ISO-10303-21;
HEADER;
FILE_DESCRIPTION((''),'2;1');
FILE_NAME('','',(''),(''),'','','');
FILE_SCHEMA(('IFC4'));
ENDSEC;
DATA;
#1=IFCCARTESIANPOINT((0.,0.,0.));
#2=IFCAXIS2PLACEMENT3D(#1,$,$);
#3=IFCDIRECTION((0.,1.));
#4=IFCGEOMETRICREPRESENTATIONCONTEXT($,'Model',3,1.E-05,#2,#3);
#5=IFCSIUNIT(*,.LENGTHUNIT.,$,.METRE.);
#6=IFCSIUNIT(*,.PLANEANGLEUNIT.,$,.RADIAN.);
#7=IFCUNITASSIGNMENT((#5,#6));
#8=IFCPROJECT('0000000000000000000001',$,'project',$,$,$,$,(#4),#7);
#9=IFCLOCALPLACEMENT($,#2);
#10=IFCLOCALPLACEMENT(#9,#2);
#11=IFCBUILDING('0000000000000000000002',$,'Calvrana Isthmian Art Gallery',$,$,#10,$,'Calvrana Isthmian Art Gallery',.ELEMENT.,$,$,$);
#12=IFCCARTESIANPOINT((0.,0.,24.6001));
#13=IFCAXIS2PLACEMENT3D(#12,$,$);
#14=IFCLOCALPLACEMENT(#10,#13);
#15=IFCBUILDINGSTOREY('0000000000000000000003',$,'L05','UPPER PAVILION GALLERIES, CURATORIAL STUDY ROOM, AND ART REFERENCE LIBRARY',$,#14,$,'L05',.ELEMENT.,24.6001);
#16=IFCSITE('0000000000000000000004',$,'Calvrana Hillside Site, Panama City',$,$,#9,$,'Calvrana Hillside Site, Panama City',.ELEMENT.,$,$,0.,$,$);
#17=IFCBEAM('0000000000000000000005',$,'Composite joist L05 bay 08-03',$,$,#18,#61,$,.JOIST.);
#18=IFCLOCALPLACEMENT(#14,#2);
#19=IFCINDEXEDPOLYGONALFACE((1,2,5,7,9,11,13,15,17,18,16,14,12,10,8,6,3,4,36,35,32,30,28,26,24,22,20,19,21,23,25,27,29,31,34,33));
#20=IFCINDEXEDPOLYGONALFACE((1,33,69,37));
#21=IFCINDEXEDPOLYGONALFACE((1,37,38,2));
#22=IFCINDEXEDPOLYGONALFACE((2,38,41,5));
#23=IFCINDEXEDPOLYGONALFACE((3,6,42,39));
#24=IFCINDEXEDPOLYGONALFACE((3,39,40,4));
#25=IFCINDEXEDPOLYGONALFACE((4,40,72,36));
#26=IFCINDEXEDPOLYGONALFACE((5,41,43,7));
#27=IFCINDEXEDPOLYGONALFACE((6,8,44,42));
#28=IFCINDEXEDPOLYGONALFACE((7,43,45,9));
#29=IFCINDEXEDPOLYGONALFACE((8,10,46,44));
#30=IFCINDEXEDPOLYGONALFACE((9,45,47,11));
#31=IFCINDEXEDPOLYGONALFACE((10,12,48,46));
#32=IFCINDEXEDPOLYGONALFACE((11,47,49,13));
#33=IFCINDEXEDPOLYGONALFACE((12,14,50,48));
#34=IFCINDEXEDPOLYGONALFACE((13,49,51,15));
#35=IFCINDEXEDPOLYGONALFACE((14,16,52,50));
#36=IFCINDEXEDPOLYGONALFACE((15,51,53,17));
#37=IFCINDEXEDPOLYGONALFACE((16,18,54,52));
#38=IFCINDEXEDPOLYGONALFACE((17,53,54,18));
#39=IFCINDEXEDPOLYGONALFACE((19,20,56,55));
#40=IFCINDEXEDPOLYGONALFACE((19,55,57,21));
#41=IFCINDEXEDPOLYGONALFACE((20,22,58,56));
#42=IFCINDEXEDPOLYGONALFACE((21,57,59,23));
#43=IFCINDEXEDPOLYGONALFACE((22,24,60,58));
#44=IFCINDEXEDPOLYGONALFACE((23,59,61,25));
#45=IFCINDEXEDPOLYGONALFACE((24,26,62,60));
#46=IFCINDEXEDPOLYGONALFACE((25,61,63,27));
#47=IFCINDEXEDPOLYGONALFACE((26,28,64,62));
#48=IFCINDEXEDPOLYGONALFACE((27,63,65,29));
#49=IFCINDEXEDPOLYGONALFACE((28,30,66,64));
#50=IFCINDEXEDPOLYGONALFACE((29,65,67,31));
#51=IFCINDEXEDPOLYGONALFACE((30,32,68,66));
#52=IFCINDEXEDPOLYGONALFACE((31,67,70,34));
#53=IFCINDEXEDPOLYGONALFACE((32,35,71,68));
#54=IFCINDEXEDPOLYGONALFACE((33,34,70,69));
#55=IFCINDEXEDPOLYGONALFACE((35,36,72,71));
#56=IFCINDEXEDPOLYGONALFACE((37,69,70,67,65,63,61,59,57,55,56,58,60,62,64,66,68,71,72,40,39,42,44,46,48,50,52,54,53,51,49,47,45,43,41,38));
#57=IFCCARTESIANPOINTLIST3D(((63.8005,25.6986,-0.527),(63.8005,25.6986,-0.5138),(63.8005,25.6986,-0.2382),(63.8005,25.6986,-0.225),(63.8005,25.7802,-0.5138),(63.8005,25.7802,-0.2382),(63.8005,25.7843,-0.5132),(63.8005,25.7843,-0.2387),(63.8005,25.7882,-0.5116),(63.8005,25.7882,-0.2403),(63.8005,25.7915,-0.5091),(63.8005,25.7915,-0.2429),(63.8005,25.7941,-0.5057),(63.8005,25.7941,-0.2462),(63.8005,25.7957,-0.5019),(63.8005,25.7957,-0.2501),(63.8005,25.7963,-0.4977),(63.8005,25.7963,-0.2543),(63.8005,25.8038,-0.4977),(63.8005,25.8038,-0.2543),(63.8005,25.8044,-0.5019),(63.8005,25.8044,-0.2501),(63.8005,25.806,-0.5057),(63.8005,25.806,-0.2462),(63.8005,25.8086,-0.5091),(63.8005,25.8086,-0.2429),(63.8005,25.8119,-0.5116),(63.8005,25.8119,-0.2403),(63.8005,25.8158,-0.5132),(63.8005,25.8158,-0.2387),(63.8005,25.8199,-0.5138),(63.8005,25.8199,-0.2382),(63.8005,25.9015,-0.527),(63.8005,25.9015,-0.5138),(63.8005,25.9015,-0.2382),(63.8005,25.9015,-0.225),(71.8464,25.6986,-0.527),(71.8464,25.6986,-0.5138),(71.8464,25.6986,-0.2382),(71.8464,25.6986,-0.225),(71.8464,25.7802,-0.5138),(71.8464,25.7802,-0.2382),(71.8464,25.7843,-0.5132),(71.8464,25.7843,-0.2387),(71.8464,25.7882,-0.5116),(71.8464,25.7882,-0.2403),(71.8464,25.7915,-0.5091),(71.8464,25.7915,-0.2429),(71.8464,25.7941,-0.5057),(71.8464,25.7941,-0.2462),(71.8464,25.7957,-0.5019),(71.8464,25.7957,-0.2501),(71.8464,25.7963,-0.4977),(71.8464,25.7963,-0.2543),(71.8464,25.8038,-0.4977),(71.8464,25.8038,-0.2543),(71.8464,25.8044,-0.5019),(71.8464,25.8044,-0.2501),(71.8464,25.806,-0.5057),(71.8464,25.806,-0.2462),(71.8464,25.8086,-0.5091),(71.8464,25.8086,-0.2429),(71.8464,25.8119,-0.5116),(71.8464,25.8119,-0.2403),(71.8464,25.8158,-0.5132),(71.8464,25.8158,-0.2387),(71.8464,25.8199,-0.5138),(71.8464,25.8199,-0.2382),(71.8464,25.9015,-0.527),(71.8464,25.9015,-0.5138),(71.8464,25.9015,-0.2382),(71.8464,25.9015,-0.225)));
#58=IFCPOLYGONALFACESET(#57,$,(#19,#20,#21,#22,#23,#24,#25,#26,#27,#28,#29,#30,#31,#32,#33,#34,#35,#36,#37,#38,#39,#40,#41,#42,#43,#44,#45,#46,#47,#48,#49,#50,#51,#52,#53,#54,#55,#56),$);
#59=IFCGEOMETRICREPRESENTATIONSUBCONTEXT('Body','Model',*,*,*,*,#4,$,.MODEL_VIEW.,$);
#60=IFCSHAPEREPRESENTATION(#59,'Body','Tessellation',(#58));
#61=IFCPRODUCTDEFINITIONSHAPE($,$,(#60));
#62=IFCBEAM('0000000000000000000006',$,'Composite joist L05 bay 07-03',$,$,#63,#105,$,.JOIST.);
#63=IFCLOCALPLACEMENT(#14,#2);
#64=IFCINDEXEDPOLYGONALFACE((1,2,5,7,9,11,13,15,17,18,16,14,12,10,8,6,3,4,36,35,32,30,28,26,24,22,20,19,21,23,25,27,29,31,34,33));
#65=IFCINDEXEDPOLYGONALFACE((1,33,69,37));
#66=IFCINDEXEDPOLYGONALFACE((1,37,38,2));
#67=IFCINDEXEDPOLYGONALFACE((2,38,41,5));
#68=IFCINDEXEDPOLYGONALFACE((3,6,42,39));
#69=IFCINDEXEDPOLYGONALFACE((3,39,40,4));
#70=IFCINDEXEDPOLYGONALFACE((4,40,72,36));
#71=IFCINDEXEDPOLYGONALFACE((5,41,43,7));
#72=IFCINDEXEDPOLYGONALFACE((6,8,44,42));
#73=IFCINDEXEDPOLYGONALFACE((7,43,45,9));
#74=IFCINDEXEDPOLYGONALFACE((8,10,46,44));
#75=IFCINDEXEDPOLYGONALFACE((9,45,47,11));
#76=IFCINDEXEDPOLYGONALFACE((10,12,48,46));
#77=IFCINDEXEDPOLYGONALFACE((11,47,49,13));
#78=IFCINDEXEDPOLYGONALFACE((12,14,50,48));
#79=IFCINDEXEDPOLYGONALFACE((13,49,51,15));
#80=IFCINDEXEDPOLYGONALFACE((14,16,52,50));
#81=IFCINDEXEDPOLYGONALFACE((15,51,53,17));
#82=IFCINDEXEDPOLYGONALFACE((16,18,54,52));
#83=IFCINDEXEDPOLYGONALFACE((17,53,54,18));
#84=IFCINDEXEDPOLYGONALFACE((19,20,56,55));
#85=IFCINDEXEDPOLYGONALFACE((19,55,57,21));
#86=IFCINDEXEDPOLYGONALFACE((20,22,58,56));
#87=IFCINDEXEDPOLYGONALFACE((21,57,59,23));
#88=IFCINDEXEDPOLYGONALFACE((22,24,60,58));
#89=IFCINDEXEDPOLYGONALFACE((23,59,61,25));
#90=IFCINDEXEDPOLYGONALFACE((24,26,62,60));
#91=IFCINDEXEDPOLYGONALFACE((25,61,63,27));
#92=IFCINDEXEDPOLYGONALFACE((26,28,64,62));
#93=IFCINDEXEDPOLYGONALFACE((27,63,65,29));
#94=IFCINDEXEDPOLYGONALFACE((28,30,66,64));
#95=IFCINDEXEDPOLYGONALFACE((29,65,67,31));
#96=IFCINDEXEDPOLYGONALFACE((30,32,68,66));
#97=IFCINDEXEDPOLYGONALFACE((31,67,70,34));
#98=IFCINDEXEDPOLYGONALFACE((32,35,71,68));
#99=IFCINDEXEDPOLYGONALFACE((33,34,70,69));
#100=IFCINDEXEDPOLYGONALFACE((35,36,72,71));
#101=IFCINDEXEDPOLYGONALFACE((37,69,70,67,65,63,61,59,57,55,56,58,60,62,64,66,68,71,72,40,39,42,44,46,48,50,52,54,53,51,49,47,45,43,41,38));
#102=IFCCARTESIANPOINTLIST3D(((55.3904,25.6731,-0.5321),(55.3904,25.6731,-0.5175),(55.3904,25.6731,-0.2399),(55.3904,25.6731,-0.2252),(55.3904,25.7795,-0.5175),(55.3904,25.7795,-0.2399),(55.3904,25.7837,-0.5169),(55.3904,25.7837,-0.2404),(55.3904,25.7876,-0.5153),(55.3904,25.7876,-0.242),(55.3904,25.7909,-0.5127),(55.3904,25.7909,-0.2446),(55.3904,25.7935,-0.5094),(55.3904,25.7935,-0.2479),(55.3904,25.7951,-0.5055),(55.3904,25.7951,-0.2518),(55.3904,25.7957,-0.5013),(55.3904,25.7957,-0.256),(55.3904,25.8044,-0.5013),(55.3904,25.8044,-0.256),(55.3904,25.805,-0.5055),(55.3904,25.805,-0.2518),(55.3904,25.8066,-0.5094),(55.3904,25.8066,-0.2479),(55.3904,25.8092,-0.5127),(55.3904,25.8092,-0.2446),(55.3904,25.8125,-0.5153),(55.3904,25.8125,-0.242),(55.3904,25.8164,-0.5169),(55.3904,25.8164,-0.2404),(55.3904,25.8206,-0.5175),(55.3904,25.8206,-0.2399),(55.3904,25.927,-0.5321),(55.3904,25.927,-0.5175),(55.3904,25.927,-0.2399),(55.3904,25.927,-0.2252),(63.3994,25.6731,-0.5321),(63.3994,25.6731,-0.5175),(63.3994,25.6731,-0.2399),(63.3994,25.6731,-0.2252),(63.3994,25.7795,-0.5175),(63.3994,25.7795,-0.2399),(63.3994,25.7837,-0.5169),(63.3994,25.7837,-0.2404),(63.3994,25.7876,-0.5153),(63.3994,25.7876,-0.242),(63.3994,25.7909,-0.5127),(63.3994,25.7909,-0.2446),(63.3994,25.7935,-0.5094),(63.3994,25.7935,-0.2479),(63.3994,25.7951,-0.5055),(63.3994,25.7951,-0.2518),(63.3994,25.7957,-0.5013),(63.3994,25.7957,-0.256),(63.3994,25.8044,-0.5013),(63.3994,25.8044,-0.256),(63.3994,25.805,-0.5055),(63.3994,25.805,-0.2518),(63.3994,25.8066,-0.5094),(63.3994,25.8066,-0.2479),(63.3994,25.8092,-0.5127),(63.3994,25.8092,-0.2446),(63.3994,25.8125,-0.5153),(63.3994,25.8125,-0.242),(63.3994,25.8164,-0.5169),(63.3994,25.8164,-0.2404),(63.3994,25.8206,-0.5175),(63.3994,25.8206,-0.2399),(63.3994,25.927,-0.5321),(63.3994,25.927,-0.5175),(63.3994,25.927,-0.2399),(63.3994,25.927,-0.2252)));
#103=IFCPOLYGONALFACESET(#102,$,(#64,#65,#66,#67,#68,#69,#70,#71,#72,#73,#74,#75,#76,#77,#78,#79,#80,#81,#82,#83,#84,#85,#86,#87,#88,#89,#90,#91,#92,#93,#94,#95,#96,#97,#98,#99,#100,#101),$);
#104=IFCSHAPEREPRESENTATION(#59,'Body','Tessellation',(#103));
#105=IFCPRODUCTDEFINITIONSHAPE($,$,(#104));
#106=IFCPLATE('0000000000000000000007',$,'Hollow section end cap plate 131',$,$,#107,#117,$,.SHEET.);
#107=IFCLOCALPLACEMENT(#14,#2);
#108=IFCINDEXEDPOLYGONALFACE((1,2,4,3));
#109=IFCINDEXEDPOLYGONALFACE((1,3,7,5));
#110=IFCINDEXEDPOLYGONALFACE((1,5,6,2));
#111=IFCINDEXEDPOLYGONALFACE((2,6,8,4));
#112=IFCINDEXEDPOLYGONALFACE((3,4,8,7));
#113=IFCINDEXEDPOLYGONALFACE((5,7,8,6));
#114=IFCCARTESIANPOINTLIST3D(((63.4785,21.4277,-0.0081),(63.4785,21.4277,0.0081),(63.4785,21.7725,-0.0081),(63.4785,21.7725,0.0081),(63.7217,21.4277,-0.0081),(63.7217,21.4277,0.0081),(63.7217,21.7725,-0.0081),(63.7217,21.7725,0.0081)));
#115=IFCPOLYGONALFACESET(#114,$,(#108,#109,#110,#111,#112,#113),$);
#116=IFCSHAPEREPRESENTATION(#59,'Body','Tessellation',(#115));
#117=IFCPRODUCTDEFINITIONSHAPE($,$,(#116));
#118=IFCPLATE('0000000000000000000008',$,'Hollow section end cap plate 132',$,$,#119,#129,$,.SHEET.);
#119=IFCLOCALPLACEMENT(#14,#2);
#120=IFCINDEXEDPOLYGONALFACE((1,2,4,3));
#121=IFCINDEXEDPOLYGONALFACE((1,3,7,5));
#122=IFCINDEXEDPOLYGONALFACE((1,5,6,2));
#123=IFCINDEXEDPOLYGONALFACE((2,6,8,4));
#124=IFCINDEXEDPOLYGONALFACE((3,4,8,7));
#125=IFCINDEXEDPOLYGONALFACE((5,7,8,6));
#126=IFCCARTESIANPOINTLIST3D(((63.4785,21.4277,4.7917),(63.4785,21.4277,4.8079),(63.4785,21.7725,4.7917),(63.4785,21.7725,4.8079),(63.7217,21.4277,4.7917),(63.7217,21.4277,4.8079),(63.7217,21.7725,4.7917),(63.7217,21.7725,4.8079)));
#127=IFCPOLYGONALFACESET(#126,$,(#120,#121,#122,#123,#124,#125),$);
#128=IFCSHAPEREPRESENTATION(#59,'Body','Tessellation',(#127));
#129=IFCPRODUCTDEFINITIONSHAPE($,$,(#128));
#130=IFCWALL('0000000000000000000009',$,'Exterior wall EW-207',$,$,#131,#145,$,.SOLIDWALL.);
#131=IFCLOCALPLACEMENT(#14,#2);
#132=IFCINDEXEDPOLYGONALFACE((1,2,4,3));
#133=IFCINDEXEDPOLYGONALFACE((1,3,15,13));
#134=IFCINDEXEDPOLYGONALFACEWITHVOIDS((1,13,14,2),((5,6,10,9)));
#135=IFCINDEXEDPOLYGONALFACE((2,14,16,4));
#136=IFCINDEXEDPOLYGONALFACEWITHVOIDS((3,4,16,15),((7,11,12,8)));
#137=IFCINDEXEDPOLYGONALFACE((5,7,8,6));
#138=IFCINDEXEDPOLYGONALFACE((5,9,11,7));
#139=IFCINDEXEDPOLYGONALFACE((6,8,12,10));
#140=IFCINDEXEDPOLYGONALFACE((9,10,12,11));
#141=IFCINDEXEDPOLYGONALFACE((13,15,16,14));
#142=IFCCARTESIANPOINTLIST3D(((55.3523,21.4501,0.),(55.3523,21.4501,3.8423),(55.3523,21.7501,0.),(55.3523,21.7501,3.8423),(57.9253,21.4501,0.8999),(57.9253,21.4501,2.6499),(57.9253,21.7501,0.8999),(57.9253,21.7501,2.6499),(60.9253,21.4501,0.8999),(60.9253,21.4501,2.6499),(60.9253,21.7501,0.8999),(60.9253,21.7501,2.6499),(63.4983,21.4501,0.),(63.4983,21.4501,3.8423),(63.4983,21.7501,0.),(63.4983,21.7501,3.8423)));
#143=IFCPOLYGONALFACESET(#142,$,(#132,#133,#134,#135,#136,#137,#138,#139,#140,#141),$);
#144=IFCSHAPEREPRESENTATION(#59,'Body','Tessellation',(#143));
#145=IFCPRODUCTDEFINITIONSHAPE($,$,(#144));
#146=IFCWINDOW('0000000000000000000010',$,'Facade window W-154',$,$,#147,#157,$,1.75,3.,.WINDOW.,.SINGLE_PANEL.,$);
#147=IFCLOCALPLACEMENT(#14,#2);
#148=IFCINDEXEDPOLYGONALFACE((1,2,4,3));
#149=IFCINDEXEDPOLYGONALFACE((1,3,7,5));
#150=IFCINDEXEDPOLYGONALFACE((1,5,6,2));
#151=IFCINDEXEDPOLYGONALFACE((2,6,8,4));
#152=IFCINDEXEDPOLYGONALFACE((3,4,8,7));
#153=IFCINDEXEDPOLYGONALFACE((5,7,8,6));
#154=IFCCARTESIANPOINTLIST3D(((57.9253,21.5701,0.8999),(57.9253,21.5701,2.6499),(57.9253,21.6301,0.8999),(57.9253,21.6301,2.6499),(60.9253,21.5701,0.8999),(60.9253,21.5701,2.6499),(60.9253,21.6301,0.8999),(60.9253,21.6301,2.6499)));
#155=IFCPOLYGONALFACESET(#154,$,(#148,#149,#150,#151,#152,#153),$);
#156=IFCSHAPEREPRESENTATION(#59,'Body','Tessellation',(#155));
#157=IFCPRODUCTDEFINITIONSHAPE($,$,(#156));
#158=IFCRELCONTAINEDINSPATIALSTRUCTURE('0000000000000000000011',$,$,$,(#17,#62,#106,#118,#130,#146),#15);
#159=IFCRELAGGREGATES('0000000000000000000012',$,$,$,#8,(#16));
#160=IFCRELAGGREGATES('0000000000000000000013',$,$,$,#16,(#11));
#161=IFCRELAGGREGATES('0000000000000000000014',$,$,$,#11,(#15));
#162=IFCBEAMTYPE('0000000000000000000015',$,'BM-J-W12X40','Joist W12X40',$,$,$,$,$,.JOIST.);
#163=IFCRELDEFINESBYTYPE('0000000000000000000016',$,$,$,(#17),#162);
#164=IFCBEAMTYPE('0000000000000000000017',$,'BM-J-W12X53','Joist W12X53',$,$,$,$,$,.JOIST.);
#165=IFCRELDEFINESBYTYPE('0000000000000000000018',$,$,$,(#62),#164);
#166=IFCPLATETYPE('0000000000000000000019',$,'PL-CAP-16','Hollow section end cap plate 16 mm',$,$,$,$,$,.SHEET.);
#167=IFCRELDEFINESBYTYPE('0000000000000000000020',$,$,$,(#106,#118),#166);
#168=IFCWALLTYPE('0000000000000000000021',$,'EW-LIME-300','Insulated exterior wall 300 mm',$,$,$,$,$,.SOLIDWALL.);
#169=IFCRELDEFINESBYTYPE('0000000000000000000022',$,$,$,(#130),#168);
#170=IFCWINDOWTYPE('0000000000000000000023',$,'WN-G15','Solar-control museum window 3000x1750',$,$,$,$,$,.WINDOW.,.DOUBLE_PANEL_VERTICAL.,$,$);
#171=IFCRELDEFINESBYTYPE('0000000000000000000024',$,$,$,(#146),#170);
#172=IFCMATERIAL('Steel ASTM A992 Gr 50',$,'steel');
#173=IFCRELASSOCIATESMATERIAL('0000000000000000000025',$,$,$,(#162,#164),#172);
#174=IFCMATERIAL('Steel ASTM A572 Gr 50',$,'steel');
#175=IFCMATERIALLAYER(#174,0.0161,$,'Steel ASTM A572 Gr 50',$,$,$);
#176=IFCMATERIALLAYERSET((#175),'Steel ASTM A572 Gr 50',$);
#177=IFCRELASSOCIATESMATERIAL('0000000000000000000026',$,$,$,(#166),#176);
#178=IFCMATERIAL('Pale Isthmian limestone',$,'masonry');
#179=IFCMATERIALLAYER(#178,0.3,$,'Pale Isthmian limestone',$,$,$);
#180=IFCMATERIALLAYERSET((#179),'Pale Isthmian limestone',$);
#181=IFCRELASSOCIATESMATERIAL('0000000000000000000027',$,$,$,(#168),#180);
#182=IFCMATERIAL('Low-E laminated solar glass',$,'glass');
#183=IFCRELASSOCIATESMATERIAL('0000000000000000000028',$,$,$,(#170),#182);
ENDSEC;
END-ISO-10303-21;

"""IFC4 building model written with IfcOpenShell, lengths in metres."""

from ifc_helpers import new_model, si_unit, direction, frame, frame_2d, origin, origin_2d, place, context, subcontext, project, spatial, rectangle, i_section, extrude, material, layer, layer_set, material_profile, profile_set, type_object, element, fill, save


model = new_model("IFC4")

# Units and contexts
model_context = context("Model", 3, precision=1e-05, world=origin(), true_north=direction((0.0, 1.0)))
body_context = subcontext(model_context, "Body", "Model", "MODEL_VIEW")
ifc_project = project(units=[si_unit("LENGTHUNIT", "METRE"), si_unit("PLANEANGLEUNIT", "RADIAN")], contexts=[model_context])

# Site, building, storey
site_placement = place(None, origin())
site = spatial("IfcSite", under=ifc_project, at=site_placement, Name="Calvrana Hillside Site, Panama City", LongName="Calvrana Hillside Site, Panama City", CompositionType="ELEMENT", RefElevation=0.0)
building_placement = place(site_placement, origin())
building = spatial("IfcBuilding", under=site, at=building_placement, Name="Calvrana Isthmian Art Gallery", LongName="Calvrana Isthmian Art Gallery", CompositionType="ELEMENT")
storey_placement = place(building_placement, frame((0.0, 0.0, 24.6001)))
storey = spatial("IfcBuildingStorey", under=building, at=storey_placement, Name="L05", Description="UPPER PAVILION GALLERIES, CURATORIAL STUDY ROOM, AND ART REFERENCE LIBRARY", LongName="L05", CompositionType="ELEMENT", Elevation=24.6001)

# Beams
ifc_material_1 = material(Name="Steel ASTM A992 Gr 50", Category="steel")
ifc_material_profile_1 = material_profile(ifc_material_1, i_section(OverallWidth=0.2029, OverallDepth=0.302, WebThickness=0.0076, FlangeThickness=0.0132, FilletRadius=0.0161, at=origin_2d()), Name="W12X40")
ifc_profile_set_1 = profile_set([ifc_material_profile_1], Name="Steel ASTM A992 Gr 50")
beam_type_1 = type_object("IfcBeamType", Name="BM-J-W12X40", Description="Joist W12X40", PredefinedType="JOIST", material=ifc_profile_set_1)
beam_1_placement = place(storey_placement, frame((63.8005, 25.8, -0.376), z_axis=(1.0, 0.0, 0.0), x_axis=(0.0, 1.0, 0.0)))
element("IfcBeam", 1, at=beam_1_placement, inside=storey, type_object=beam_type_1, Name="Composite joist L05 bay 08-03", PredefinedType="JOIST", context=body_context, shape_type="SweptSolid", body=[
    extrude(i_section(OverallWidth=0.2029, OverallDepth=0.302, WebThickness=0.0076, FlangeThickness=0.0132, FilletRadius=0.0161, at=origin_2d()), origin(), (0.0, 0.0, 1.0), 8.0459),
])
ifc_material_profile_2 = material_profile(ifc_material_1, i_section(OverallWidth=0.2539, OverallDepth=0.3069, WebThickness=0.0088, FlangeThickness=0.0146, FilletRadius=0.0161, at=origin_2d()), Name="W12X53")
ifc_profile_set_2 = profile_set([ifc_material_profile_2], Name="Steel ASTM A992 Gr 50")
beam_type_2 = type_object("IfcBeamType", Name="BM-J-W12X53", Description="Joist W12X53", PredefinedType="JOIST", material=ifc_profile_set_2)
beam_2_placement = place(storey_placement, frame((55.3904, 25.8, -0.3787), z_axis=(1.0, 0.0, 0.0), x_axis=(0.0, 1.0, 0.0)))
element("IfcBeam", 2, at=beam_2_placement, inside=storey, type_object=beam_type_2, Name="Composite joist L05 bay 07-03", PredefinedType="JOIST", context=body_context, shape_type="SweptSolid", body=[
    extrude(i_section(OverallWidth=0.2539, OverallDepth=0.3069, WebThickness=0.0088, FlangeThickness=0.0146, FilletRadius=0.0161, at=origin_2d()), origin(), (0.0, 0.0, 1.0), 8.009),
])

# Plates
ifc_material_2 = material(Name="Steel ASTM A572 Gr 50", Category="steel")
ifc_layer_1 = layer(ifc_material_2, 0.0161, Name="Steel ASTM A572 Gr 50")
ifc_layer_set_1 = layer_set([ifc_layer_1], Name="Steel ASTM A572 Gr 50")
plate_type = type_object("IfcPlateType", Name="PL-CAP-16", Description="Hollow section end cap plate 16 mm", PredefinedType="SHEET", material=ifc_layer_set_1)
for number, where, z_axis, x_axis, name in (
    (3, (63.6001, 21.6001, -0.0081), (0.0, 0.0, 1.0), (1.0, 0.0, 0.0), "Hollow section end cap plate 131"),
    (4, (63.6001, 21.6001, 4.7917), (0.0, 0.0, 1.0), (1.0, 0.0, 0.0), "Hollow section end cap plate 132"),
):
    element("IfcPlate", number, at=place(storey_placement, frame(where, z_axis=z_axis, x_axis=x_axis)), inside=storey, type_object=plate_type, Name=name, PredefinedType="SHEET", context=body_context, shape_type="SweptSolid", body=[
        extrude(rectangle(XDim=0.2432, YDim=0.3447, at=origin_2d()), origin(), (0.0, 0.0, 1.0), 0.0161),
    ])

# Wall, opening, window
ifc_material_3 = material(Name="Pale Isthmian limestone", Category="masonry")
ifc_layer_2 = layer(ifc_material_3, 0.3, Name="Pale Isthmian limestone")
ifc_layer_set_2 = layer_set([ifc_layer_2], Name="Pale Isthmian limestone")
wall_type_1 = type_object("IfcWallType", Name="EW-LIME-300", Description="Insulated exterior wall 300 mm", PredefinedType="SOLIDWALL", material=ifc_layer_set_2)
wall_1_placement = place(storey_placement, frame((63.4983, 21.6001, 0.0), z_axis=(0.0, 0.0, 1.0), x_axis=(-1.0, 0.0, 0.0)))
wall_1 = element("IfcWall", 5, at=wall_1_placement, inside=storey, type_object=wall_type_1, Name="Exterior wall EW-207", PredefinedType="SOLIDWALL", context=body_context, shape_type="SweptSolid", body=[
    extrude(rectangle(XDim=8.146, YDim=0.3, at=frame_2d((4.073, 0.0))), origin(), (0.0, 0.0, 1.0), 3.8423),
])
opening_1_placement = place(wall_1_placement, frame((2.573, 0.0, 0.8999)))
opening_1 = element("IfcOpeningElement", 6, at=opening_1_placement, cuts=wall_1, PredefinedType="OPENING", context=body_context, shape_type="SweptSolid", body=[
    extrude(rectangle(XDim=3.0, YDim=1.75, at=frame_2d((1.5, 0.875))), frame((0.0, 0.1602, 0.0), z_axis=(0.0, -1.0, 0.0), x_axis=(1.0, 0.0, 0.0)), (0.0, 0.0, 1.0), 0.3206),
])
ifc_material_4 = material(Name="Low-E laminated solar glass", Category="glass")
window_type_1 = type_object("IfcWindowType", Name="WN-G15", Description="Solar-control museum window 3000x1750", PartitioningType="DOUBLE_PANEL_VERTICAL", PredefinedType="WINDOW", material=ifc_material_4)
window_1_placement = place(opening_1_placement, origin())
window_1 = element("IfcWindow", 7, at=window_1_placement, inside=storey, type_object=window_type_1, Name="Facade window W-154", OverallHeight=1.75, OverallWidth=3.0, PartitioningType="SINGLE_PANEL", PredefinedType="WINDOW", context=body_context, shape_type="SweptSolid", body=[
    extrude(rectangle(XDim=3.0, YDim=1.75, at=frame_2d((1.5, 0.875))), frame((0.0, 0.03, 0.0), z_axis=(0.0, -1.0, 0.0), x_axis=(1.0, 0.0, 0.0)), (0.0, 0.0, 1.0), 0.0601),
])
fill(opening_1, window_1)

save(model, "model.ifc")
